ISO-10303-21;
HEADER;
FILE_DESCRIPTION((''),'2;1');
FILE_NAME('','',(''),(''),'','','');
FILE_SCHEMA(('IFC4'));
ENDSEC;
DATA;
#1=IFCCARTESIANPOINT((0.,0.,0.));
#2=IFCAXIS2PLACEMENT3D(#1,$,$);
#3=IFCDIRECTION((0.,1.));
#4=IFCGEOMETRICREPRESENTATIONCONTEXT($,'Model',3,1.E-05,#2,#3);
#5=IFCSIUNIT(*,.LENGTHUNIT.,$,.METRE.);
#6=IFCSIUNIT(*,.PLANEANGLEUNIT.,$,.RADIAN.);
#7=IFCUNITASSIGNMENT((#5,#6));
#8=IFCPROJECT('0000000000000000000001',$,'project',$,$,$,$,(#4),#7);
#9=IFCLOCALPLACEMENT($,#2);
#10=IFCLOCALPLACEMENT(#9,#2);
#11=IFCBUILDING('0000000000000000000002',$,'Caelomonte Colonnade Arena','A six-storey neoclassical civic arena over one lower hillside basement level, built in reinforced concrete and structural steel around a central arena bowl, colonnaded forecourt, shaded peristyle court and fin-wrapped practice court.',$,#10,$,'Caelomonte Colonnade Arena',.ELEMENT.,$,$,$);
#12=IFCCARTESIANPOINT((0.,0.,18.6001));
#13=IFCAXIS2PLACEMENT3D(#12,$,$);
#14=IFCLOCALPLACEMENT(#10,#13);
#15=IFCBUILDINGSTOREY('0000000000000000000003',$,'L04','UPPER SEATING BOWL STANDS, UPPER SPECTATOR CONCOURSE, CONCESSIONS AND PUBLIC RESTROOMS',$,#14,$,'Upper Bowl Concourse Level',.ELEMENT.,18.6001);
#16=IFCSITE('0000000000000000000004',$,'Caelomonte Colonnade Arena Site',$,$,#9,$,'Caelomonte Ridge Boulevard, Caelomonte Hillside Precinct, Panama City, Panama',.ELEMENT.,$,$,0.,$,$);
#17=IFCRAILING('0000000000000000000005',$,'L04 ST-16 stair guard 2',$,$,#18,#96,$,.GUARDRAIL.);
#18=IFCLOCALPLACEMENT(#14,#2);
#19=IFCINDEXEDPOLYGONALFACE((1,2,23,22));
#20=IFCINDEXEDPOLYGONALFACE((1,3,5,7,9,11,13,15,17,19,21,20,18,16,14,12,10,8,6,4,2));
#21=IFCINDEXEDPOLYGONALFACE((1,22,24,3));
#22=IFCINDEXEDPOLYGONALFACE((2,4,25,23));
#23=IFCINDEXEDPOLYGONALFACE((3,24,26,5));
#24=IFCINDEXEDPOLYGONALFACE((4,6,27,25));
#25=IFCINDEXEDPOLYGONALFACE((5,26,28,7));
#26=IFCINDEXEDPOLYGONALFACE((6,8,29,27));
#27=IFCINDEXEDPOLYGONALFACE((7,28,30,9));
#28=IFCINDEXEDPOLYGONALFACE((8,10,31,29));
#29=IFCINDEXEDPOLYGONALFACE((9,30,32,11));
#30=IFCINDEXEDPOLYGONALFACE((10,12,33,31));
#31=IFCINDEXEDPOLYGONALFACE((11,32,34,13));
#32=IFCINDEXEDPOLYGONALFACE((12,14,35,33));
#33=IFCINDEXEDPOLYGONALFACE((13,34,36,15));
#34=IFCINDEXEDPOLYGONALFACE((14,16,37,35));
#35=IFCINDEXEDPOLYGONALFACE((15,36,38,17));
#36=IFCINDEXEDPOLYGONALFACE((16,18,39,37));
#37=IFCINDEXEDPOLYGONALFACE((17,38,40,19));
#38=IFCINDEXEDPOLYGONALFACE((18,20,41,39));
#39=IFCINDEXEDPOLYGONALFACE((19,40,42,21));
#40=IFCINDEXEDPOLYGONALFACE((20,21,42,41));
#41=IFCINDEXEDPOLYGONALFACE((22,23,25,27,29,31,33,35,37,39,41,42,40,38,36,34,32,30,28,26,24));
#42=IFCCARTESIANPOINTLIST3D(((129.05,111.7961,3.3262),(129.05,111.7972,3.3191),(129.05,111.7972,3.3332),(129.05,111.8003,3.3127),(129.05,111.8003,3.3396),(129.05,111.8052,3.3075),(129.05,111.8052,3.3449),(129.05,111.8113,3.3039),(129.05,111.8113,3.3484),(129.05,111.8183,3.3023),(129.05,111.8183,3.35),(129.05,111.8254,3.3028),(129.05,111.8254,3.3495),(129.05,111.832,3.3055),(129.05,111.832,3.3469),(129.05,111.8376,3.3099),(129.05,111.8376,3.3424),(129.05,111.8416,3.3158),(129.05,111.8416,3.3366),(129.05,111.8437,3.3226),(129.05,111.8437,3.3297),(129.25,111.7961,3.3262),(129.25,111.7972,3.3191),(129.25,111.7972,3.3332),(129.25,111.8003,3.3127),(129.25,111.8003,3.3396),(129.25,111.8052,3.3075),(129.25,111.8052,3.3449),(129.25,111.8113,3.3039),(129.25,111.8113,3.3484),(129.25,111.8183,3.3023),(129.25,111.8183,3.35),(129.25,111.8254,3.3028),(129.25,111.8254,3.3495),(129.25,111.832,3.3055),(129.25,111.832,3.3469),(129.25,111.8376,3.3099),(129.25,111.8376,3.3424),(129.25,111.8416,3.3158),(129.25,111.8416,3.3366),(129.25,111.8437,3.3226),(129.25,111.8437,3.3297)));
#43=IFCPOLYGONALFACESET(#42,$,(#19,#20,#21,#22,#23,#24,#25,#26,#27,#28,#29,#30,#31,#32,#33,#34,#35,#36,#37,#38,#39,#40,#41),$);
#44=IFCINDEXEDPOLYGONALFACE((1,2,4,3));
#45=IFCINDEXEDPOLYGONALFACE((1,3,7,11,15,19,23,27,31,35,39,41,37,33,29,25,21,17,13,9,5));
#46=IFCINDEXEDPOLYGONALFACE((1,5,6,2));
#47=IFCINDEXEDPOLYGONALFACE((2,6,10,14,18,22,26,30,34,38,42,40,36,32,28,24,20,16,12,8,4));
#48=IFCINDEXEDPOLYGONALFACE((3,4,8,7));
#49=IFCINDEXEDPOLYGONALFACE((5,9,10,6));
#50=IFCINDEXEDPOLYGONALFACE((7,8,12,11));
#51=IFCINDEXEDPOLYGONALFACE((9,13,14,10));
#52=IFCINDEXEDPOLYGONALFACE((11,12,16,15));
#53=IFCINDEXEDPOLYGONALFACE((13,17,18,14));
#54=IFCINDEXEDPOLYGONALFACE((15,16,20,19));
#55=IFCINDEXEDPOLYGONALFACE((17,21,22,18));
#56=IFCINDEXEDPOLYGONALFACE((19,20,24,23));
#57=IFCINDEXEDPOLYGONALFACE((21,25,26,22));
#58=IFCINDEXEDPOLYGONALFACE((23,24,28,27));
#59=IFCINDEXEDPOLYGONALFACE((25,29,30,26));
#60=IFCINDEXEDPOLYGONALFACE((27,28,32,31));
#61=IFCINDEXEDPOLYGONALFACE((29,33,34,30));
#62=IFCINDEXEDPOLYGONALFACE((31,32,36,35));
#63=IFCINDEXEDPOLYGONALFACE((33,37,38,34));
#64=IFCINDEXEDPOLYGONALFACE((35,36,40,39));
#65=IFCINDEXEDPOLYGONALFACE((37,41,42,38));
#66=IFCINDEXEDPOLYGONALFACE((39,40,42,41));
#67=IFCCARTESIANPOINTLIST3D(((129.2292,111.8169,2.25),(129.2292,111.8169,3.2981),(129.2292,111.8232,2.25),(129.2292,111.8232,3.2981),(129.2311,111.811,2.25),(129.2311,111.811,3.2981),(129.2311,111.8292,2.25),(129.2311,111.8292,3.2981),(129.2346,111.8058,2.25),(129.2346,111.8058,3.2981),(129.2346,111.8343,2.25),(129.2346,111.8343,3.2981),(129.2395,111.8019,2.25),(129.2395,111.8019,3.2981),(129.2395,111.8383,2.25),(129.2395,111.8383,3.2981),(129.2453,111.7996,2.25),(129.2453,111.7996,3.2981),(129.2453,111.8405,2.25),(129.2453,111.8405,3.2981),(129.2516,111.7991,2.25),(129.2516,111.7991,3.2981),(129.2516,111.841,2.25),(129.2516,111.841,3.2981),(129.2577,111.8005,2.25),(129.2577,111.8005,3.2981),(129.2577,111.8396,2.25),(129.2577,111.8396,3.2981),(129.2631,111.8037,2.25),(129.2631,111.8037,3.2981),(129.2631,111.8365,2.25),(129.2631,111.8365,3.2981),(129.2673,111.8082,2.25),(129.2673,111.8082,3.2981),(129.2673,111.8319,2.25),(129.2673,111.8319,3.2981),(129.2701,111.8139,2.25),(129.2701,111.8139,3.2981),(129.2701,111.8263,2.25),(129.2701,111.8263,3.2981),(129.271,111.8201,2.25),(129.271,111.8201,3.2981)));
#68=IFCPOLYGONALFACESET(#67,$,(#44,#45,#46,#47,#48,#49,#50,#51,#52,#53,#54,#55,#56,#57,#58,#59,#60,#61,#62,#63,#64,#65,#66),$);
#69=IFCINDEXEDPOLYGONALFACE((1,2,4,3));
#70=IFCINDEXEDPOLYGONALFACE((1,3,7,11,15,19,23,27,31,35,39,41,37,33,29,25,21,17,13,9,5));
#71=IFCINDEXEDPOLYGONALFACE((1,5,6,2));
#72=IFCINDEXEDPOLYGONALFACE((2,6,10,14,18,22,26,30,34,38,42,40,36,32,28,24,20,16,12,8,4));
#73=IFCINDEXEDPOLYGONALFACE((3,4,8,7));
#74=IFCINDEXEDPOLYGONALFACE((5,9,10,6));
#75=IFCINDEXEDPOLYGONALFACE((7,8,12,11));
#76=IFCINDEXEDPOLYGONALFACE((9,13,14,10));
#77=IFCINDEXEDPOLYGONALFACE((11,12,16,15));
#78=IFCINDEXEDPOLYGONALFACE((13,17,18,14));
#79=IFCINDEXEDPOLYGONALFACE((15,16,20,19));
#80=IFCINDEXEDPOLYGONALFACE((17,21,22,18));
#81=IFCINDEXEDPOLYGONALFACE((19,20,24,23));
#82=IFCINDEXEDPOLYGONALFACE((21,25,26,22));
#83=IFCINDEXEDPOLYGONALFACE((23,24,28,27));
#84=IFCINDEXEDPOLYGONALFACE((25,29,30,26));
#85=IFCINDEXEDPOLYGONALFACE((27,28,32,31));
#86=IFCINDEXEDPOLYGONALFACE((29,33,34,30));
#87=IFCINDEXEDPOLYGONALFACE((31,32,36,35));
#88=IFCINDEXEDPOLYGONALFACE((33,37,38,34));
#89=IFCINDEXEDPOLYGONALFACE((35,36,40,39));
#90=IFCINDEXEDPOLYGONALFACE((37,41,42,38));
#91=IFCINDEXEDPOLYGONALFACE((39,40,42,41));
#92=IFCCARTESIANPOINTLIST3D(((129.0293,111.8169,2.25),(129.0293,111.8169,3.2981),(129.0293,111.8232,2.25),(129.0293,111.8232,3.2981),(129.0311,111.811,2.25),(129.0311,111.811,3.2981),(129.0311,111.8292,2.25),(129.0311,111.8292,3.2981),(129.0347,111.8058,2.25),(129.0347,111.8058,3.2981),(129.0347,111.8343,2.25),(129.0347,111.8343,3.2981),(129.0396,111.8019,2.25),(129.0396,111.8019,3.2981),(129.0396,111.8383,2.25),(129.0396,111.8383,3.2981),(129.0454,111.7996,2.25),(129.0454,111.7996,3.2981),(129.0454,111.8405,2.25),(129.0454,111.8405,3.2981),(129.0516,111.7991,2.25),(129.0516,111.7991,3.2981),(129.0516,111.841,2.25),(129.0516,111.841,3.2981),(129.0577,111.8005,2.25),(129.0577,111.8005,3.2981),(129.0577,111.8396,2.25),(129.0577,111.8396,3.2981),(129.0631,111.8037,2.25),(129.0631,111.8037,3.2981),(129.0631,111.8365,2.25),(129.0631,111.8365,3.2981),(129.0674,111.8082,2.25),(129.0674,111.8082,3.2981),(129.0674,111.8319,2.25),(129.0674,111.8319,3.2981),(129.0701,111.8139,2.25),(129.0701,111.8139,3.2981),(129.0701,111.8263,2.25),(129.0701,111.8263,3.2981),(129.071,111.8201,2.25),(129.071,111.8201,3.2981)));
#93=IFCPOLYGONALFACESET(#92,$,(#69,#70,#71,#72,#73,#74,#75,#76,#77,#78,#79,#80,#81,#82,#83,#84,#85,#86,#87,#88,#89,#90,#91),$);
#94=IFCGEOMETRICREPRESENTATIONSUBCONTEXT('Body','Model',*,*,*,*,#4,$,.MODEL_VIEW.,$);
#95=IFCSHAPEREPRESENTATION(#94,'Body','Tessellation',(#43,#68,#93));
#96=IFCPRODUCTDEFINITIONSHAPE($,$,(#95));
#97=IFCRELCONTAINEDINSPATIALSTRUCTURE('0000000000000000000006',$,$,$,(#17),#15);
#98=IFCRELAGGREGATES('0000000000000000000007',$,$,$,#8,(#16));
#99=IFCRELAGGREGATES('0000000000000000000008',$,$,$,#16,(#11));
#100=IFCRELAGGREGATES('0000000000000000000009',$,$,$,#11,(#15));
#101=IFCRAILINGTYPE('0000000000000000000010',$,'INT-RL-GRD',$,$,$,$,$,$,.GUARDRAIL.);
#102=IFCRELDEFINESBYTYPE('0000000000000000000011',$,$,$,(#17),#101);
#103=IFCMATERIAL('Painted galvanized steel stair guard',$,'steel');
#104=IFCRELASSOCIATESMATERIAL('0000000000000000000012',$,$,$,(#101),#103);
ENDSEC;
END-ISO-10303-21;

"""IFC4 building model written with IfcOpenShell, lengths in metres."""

from ifc_helpers import new_model, si_unit, direction, frame, origin, origin_2d, place, context, subcontext, project, spatial, circle, extrude, material, type_object, element, save


model = new_model("IFC4")

# Units and contexts
model_context = context("Model", 3, precision=1e-05, world=origin(), true_north=direction((0.0, 1.0)))
body_context = subcontext(model_context, "Body", "Model", "MODEL_VIEW")
ifc_project = project(units=[si_unit("LENGTHUNIT", "METRE"), si_unit("PLANEANGLEUNIT", "RADIAN")], contexts=[model_context])

# Site, building, storey
site_placement = place(None, origin())
site = spatial("IfcSite", under=ifc_project, at=site_placement, Name="Caelomonte Colonnade Arena Site", LongName="Caelomonte Ridge Boulevard, Caelomonte Hillside Precinct, Panama City, Panama", CompositionType="ELEMENT", RefElevation=0.0)
building_placement = place(site_placement, origin())
building = spatial("IfcBuilding", under=site, at=building_placement, Name="Caelomonte Colonnade Arena", Description="A six-storey neoclassical civic arena over one lower hillside basement level, built in reinforced concrete and structural steel around a central arena bowl, colonnaded forecourt, shaded peristyle court and fin-wrapped practice court.", LongName="Caelomonte Colonnade Arena", CompositionType="ELEMENT")
storey_placement = place(building_placement, frame((0.0, 0.0, 18.6001)))
storey = spatial("IfcBuildingStorey", under=building, at=storey_placement, Name="L04", Description="UPPER SEATING BOWL STANDS, UPPER SPECTATOR CONCOURSE, CONCESSIONS AND PUBLIC RESTROOMS", LongName="Upper Bowl Concourse Level", CompositionType="ELEMENT", Elevation=18.6001)

# Railing
ifc_material_1 = material(Name="Painted galvanized steel stair guard", Category="steel")
railing_type_1 = type_object("IfcRailingType", Name="INT-RL-GRD", PredefinedType="GUARDRAIL", material=ifc_material_1)
railing_1_placement = place(storey_placement, frame((129.25, 111.8201, 2.25)))
element("IfcRailing", 1, at=railing_1_placement, inside=storey, type_object=railing_type_1, Name="L04 ST-16 stair guard 2", PredefinedType="GUARDRAIL", context=body_context, shape_type="SweptSolid", body=[
    extrude(circle(Radius=0.0239, at=origin_2d()), frame((0.0, 0.0, 1.0762), z_axis=(-1.0, 0.0, 0.0), x_axis=(0.0, -1.0, 0.0)), (0.0, 0.0, 1.0), 0.2),
    extrude(circle(Radius=0.021, at=origin_2d()), origin(), (0.0, 0.0, 1.0), 1.0481),
    extrude(circle(Radius=0.021, at=origin_2d()), frame((-0.2, 0.0, 0.0)), (0.0, 0.0, 1.0), 1.0481),
])

save(model, "model.ifc")
